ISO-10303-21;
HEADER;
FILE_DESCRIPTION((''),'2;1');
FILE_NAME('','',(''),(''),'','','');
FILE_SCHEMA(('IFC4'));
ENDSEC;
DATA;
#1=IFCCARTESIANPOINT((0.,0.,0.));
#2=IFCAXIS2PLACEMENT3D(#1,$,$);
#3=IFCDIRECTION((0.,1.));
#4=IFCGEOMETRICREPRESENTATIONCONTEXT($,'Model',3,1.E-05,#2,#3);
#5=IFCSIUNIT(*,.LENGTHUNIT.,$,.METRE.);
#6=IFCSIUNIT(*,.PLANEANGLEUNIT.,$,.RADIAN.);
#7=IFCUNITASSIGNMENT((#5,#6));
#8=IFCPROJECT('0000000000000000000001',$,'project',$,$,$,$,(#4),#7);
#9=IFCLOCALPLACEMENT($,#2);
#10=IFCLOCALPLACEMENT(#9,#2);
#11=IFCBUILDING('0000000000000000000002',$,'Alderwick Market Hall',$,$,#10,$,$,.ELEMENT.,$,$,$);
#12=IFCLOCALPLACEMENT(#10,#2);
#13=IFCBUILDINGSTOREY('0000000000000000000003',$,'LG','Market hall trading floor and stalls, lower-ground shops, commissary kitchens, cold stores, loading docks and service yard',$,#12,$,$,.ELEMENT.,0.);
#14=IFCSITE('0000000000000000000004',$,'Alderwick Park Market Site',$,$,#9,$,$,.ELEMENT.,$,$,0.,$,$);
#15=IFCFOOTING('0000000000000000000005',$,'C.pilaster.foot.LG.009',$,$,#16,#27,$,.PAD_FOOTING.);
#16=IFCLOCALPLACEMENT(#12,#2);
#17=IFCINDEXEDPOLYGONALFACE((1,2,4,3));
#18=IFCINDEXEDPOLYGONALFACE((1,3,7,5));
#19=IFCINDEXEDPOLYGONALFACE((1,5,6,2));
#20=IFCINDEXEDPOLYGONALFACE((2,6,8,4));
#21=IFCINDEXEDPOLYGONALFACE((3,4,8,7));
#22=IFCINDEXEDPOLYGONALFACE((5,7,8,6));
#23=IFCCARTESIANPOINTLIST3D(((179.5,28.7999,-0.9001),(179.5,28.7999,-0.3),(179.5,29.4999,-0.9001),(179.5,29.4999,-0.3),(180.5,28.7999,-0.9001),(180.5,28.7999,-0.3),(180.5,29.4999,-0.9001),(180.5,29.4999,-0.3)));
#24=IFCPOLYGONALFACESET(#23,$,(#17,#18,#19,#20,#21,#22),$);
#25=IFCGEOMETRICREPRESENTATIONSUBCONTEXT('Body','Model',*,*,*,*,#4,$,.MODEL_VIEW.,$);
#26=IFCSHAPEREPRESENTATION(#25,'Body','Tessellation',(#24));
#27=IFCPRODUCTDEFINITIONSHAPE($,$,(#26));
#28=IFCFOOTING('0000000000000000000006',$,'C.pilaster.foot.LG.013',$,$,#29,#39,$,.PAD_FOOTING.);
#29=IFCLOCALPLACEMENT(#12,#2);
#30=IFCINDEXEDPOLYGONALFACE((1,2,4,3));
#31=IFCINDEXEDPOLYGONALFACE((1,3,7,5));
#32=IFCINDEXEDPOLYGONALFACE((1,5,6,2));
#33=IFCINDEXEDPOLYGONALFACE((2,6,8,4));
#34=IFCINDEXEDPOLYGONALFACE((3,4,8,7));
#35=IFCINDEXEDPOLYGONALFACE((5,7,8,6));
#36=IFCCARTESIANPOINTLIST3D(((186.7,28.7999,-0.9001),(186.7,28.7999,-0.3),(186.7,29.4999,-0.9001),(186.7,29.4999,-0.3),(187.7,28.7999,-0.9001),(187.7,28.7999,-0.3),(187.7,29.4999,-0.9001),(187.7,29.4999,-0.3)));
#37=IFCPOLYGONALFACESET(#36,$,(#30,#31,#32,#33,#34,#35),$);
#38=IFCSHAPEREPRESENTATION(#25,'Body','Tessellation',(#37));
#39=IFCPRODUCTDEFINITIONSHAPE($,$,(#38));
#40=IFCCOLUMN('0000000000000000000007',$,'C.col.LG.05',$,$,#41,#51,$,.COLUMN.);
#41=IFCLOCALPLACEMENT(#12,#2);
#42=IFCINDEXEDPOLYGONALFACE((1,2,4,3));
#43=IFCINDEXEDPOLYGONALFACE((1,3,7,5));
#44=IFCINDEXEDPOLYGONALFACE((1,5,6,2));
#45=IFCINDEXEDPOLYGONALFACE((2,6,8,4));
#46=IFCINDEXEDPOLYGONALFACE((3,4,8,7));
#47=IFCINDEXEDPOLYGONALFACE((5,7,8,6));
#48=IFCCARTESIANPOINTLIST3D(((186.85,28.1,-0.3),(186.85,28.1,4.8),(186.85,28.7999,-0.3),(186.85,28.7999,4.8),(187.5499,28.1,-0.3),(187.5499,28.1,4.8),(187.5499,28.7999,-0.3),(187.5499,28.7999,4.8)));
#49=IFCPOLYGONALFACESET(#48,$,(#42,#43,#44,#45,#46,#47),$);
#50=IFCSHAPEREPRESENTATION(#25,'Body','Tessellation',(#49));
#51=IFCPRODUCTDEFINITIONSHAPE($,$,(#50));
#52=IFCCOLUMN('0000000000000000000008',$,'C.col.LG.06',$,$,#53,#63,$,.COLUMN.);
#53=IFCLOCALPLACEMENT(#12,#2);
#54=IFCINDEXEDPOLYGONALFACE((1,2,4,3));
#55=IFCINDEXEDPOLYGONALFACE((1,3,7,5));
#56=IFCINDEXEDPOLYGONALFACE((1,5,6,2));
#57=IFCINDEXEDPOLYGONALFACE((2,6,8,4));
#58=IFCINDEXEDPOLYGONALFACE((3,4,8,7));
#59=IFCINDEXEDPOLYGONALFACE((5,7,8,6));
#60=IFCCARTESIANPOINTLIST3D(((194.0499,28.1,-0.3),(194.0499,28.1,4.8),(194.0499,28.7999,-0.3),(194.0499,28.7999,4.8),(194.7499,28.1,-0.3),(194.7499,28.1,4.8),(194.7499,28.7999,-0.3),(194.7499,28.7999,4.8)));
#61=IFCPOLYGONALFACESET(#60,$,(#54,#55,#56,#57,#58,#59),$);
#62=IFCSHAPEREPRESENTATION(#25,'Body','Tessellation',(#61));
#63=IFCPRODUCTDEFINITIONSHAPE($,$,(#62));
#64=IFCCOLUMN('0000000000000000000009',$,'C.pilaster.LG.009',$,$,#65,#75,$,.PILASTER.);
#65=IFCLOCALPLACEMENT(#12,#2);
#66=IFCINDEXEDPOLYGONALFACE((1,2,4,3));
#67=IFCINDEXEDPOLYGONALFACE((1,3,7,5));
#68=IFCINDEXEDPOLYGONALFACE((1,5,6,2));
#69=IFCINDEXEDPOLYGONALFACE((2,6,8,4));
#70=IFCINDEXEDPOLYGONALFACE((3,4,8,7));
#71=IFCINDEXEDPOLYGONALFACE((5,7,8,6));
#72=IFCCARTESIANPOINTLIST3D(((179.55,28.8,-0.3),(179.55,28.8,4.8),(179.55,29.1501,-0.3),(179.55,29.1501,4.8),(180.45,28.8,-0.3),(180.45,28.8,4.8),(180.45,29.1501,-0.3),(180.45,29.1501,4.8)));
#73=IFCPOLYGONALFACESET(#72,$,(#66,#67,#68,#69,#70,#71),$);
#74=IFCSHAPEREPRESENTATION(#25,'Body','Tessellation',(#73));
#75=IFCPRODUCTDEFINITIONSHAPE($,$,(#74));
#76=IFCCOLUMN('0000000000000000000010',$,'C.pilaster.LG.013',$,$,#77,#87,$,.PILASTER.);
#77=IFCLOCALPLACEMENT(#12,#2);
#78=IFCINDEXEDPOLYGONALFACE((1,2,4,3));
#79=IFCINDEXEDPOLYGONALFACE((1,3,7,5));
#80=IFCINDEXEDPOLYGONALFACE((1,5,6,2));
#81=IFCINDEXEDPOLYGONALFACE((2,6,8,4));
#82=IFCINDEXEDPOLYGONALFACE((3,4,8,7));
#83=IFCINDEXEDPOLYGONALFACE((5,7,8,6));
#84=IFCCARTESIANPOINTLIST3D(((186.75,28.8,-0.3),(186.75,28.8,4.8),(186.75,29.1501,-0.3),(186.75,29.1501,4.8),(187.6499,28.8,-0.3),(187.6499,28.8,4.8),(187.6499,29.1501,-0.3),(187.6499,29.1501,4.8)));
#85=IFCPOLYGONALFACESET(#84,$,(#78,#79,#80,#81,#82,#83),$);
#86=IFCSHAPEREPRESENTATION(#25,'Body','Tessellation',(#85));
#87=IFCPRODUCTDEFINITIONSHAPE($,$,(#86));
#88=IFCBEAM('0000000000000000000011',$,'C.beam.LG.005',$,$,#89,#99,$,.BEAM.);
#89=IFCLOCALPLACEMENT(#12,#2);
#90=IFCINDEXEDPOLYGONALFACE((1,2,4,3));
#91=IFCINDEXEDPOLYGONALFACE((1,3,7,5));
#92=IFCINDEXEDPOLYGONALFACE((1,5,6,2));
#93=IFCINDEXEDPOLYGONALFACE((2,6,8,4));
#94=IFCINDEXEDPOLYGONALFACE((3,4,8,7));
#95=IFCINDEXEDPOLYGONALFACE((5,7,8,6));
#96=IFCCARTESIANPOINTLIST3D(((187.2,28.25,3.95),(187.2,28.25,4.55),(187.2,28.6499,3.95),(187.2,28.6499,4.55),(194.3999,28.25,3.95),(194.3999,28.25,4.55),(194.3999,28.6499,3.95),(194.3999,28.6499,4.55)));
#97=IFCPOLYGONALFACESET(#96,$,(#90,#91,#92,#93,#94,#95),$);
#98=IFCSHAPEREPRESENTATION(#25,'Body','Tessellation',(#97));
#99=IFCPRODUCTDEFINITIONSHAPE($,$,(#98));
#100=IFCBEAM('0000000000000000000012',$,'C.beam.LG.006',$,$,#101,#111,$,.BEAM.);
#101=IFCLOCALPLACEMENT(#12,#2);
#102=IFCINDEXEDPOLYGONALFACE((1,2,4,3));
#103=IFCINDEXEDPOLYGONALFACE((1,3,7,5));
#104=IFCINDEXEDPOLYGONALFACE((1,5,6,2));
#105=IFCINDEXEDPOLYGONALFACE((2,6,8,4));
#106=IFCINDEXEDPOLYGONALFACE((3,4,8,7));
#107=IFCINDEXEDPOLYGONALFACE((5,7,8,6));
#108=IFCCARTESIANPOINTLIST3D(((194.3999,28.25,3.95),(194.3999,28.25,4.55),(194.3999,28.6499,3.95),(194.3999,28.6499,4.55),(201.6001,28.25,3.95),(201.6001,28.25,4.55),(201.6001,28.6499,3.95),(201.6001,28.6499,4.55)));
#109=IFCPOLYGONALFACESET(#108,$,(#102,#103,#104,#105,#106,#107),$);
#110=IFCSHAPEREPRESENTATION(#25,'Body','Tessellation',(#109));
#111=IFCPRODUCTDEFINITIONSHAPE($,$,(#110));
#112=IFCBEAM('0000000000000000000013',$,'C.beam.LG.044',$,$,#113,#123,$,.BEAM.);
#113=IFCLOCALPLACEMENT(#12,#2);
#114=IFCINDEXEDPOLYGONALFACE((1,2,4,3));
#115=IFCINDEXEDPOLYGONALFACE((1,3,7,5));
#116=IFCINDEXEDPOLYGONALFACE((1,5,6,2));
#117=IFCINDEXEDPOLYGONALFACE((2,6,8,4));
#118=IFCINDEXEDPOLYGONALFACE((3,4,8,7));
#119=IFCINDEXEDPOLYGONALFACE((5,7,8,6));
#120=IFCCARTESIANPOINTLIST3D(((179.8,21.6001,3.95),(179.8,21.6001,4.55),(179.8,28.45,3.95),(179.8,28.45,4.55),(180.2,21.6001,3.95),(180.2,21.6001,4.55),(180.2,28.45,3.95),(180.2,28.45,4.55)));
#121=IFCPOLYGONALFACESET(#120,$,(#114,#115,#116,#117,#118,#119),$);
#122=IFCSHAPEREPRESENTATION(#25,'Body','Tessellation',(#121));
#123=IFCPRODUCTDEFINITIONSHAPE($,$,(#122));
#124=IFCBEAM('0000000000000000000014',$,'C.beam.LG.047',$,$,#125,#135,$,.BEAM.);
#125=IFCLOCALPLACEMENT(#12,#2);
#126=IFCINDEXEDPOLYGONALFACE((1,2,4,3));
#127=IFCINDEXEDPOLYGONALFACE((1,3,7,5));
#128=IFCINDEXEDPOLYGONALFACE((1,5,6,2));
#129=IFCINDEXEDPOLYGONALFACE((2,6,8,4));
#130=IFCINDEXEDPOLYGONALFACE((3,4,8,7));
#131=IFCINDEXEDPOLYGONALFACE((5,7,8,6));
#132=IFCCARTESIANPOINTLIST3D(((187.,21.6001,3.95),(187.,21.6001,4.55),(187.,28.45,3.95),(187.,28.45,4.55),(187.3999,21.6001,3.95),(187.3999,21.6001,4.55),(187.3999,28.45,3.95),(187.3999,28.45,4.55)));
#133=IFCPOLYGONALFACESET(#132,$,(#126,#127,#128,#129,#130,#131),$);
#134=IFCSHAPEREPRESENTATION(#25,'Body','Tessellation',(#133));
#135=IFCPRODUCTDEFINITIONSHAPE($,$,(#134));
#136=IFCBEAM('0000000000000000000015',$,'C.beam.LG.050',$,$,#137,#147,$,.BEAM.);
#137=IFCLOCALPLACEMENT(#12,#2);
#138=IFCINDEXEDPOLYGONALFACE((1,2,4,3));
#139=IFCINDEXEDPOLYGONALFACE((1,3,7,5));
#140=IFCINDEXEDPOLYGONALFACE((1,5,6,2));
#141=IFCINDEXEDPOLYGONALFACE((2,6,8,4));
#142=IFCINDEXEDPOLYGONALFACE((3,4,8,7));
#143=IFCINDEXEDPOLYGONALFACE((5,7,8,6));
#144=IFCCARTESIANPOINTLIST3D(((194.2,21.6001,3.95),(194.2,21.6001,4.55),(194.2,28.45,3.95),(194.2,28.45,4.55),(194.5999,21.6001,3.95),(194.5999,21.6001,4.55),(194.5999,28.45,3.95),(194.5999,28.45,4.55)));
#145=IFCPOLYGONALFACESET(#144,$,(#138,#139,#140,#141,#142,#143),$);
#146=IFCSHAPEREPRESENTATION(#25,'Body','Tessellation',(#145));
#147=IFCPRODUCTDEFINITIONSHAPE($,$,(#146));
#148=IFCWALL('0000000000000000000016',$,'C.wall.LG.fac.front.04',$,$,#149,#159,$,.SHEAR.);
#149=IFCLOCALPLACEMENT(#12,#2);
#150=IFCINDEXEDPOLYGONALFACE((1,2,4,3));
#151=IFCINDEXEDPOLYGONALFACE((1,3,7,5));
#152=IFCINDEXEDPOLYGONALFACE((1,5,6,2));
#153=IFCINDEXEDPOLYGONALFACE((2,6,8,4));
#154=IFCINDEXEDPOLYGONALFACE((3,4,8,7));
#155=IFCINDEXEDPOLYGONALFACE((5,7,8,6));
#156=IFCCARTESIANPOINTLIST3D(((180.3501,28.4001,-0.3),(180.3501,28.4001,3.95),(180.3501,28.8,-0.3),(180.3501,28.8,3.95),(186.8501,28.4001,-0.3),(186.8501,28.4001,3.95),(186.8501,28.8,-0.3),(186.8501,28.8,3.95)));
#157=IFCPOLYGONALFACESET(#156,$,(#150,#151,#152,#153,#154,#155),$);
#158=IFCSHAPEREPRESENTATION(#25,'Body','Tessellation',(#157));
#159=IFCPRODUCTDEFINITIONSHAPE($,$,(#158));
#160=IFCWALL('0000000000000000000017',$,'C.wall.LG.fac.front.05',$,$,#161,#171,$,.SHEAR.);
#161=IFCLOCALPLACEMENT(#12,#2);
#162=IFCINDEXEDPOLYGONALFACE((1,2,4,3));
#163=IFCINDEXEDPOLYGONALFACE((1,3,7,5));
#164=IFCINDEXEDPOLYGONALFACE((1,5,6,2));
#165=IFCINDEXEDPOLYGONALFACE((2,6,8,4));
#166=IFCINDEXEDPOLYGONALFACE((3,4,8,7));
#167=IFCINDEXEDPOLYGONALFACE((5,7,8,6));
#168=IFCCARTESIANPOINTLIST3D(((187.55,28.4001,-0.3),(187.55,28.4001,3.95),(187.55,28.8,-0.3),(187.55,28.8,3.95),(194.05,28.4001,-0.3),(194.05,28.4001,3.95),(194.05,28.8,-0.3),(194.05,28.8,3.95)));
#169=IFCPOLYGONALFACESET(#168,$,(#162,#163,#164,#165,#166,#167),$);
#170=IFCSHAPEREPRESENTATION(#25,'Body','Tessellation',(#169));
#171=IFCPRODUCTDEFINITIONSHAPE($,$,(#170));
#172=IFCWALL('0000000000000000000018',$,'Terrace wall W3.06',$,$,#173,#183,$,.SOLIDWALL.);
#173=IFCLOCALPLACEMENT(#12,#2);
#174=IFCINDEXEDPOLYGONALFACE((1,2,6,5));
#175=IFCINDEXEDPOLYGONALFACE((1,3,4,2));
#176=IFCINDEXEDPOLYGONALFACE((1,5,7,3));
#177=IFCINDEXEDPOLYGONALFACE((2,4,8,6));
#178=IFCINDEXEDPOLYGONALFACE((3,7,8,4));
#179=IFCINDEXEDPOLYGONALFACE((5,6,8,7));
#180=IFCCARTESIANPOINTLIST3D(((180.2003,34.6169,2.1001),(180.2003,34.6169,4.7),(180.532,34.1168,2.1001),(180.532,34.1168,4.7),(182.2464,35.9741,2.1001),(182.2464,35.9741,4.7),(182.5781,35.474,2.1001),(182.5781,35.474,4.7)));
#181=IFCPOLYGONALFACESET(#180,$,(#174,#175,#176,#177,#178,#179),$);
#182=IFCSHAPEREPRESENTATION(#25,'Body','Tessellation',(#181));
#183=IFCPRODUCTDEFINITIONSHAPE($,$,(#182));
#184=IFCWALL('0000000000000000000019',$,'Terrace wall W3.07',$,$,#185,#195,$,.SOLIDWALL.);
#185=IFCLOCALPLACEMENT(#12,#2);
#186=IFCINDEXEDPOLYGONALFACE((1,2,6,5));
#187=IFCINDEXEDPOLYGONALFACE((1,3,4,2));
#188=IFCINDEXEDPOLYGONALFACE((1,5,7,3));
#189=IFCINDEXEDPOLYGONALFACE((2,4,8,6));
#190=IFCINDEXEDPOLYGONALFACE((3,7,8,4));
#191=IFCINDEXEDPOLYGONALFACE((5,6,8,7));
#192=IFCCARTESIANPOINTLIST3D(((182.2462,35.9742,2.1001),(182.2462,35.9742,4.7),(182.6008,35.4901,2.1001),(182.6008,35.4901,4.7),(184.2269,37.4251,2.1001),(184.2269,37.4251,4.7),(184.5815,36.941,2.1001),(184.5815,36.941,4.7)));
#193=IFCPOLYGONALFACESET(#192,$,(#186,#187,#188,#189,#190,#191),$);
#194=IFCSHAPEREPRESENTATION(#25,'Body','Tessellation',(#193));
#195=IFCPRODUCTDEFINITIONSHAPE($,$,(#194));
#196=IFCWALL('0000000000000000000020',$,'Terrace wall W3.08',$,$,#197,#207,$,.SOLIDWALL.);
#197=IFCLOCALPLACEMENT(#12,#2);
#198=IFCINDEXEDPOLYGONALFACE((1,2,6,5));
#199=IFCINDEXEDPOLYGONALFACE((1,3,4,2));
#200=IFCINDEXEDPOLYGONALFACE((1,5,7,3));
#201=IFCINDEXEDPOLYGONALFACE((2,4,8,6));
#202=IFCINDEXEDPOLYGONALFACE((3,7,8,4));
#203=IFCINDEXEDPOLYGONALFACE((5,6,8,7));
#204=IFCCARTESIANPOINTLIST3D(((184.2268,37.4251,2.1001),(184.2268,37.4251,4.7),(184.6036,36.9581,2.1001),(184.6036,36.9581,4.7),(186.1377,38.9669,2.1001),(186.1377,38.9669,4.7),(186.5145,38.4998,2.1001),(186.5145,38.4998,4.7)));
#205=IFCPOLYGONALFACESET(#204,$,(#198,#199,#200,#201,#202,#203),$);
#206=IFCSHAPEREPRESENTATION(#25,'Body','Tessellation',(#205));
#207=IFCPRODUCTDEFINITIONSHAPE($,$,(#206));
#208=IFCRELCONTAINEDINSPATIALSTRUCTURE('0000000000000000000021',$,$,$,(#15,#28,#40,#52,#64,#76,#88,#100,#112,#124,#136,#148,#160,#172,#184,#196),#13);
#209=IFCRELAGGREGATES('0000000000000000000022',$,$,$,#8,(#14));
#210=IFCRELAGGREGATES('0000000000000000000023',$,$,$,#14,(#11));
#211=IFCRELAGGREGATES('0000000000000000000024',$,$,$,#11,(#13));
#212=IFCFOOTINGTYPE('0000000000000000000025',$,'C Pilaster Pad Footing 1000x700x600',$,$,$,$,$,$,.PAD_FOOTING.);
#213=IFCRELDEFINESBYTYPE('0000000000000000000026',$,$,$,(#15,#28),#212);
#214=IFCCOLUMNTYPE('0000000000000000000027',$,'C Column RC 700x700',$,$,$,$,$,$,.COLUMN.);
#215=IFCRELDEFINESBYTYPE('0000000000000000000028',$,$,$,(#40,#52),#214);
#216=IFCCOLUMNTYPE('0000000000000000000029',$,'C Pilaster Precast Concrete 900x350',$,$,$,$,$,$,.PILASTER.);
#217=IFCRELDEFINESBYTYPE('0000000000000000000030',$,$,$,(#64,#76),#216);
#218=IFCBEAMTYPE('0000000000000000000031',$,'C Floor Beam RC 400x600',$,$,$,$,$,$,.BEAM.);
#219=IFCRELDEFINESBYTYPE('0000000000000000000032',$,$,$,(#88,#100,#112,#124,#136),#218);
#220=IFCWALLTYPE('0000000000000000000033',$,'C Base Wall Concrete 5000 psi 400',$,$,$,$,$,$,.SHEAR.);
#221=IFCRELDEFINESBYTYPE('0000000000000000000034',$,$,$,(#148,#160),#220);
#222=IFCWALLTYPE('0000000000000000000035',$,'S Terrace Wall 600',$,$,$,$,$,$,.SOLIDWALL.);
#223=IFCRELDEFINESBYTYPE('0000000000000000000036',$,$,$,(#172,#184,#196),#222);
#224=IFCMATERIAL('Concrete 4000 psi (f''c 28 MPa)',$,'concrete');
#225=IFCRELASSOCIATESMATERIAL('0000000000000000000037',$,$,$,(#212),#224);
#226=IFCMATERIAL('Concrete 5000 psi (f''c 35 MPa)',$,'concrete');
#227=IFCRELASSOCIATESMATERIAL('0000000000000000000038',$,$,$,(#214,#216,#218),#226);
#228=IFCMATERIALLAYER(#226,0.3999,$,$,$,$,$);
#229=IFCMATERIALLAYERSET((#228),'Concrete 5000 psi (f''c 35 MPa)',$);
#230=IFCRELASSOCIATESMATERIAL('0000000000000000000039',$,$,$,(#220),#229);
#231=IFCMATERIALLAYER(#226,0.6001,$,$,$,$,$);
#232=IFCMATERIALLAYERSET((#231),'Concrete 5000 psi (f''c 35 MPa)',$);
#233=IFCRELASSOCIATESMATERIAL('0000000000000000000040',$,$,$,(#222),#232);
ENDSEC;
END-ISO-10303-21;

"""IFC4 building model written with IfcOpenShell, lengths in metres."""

from ifc_helpers import new_model, si_unit, direction, frame, frame_2d, origin, origin_2d, place, context, subcontext, project, spatial, rectangle, extrude, material, layer, layer_set, material_profile, profile_set, type_object, element, save


model = new_model("IFC4")

# Units and contexts
model_context = context("Model", 3, precision=1e-05, world=origin(), true_north=direction((0.0, 1.0)))
body_context = subcontext(model_context, "Body", "Model", "MODEL_VIEW")
ifc_project = project(units=[si_unit("LENGTHUNIT", "METRE"), si_unit("PLANEANGLEUNIT", "RADIAN")], contexts=[model_context])

# Site, building, storey
site_placement = place(None, origin())
site = spatial("IfcSite", under=ifc_project, at=site_placement, Name="Alderwick Park Market Site", CompositionType="ELEMENT", RefElevation=0.0)
building_placement = place(site_placement, origin())
building = spatial("IfcBuilding", under=site, at=building_placement, Name="Alderwick Market Hall", CompositionType="ELEMENT")
storey_placement = place(building_placement, origin())
storey = spatial("IfcBuildingStorey", under=building, at=storey_placement, Name="LG", Description="Market hall trading floor and stalls, lower-ground shops, commissary kitchens, cold stores, loading docks and service yard", CompositionType="ELEMENT", Elevation=0.0)

# Footings
ifc_material_1 = material(Name="Concrete 4000 psi (f'c 28 MPa)", Category="concrete")
footing_type = type_object("IfcFootingType", Name="C Pilaster Pad Footing 1000x700x600", PredefinedType="PAD_FOOTING", material=ifc_material_1)
for number, where, z_axis, x_axis, name in (
    (1, (180.0, 29.1499, -0.9001), (0.0, 0.0, 1.0), (1.0, 0.0, 0.0), "C.pilaster.foot.LG.009"),
    (2, (187.2, 29.1499, -0.9001), (0.0, 0.0, 1.0), (1.0, 0.0, 0.0), "C.pilaster.foot.LG.013"),
):
    element("IfcFooting", number, at=place(storey_placement, frame(where, z_axis=z_axis, x_axis=x_axis)), inside=storey, type_object=footing_type, Name=name, PredefinedType="PAD_FOOTING", context=body_context, shape_type="SweptSolid", body=[
        extrude(rectangle(XDim=1.0, YDim=0.7, at=origin_2d()), origin(), (0.0, 0.0, 1.0), 0.6001),
    ])

# Columns
ifc_material_2 = material(Name="Concrete 5000 psi (f'c 35 MPa)", Category="concrete")
ifc_material_profile_1 = material_profile(ifc_material_2, rectangle(XDim=0.7, YDim=0.7, at=origin_2d()), Name="RC 700x700")
ifc_profile_set_1 = profile_set([ifc_material_profile_1], Name="Concrete 5000 psi (f'c 35 MPa)")
column_type_1 = type_object("IfcColumnType", Name="C Column RC 700x700", PredefinedType="COLUMN", material=ifc_profile_set_1)
for number, where, z_axis, x_axis, name in (
    (3, (187.2, 28.45, -0.3), (0.0, 0.0, 1.0), (1.0, 0.0, 0.0), "C.col.LG.05"),
    (4, (194.3999, 28.45, -0.3), (0.0, 0.0, 1.0), (1.0, 0.0, 0.0), "C.col.LG.06"),
):
    element("IfcColumn", number, at=place(storey_placement, frame(where, z_axis=z_axis, x_axis=x_axis)), inside=storey, type_object=column_type_1, Name=name, PredefinedType="COLUMN", context=body_context, shape_type="SweptSolid", body=[
        extrude(rectangle(XDim=0.7, YDim=0.7, at=origin_2d()), origin(), (0.0, 0.0, 1.0), 5.1001),
    ])
ifc_material_profile_2 = material_profile(ifc_material_2, rectangle(XDim=0.8999, YDim=0.3501, at=origin_2d()), Name="PC 900x350")
ifc_profile_set_2 = profile_set([ifc_material_profile_2], Name="Concrete 5000 psi (f'c 35 MPa)")
column_type_2 = type_object("IfcColumnType", Name="C Pilaster Precast Concrete 900x350", PredefinedType="PILASTER", material=ifc_profile_set_2)
for number, where, z_axis, x_axis, name in (
    (5, (180.0, 28.9751, -0.3), (0.0, 0.0, 1.0), (1.0, 0.0, 0.0), "C.pilaster.LG.009"),
    (6, (187.2, 28.9751, -0.3), (0.0, 0.0, 1.0), (1.0, 0.0, 0.0), "C.pilaster.LG.013"),
):
    element("IfcColumn", number, at=place(storey_placement, frame(where, z_axis=z_axis, x_axis=x_axis)), inside=storey, type_object=column_type_2, Name=name, PredefinedType="PILASTER", context=body_context, shape_type="SweptSolid", body=[
        extrude(rectangle(XDim=0.8999, YDim=0.3501, at=origin_2d()), origin(), (0.0, 0.0, 1.0), 5.1001),
    ])

# Beams
ifc_material_profile_3 = material_profile(ifc_material_2, rectangle(XDim=0.3999, YDim=0.6001, at=origin_2d()), Name="RC 400x600")
ifc_profile_set_3 = profile_set([ifc_material_profile_3], Name="Concrete 5000 psi (f'c 35 MPa)")
beam_type = type_object("IfcBeamType", Name="C Floor Beam RC 400x600", PredefinedType="BEAM", material=ifc_profile_set_3)
beam_1_placement = place(storey_placement, frame((187.2, 28.45, 4.25), z_axis=(1.0, 0.0, 0.0), x_axis=(0.0, 1.0, 0.0)))
element("IfcBeam", 7, at=beam_1_placement, inside=storey, type_object=beam_type, Name="C.beam.LG.005", PredefinedType="BEAM", context=body_context, shape_type="SweptSolid", body=[
    extrude(rectangle(XDim=0.3999, YDim=0.6001, at=origin_2d()), origin(), (0.0, 0.0, 1.0), 7.2),
])
beam_2_placement = place(storey_placement, frame((194.3999, 28.45, 4.25), z_axis=(1.0, 0.0, 0.0), x_axis=(0.0, 1.0, 0.0)))
element("IfcBeam", 8, at=beam_2_placement, inside=storey, type_object=beam_type, Name="C.beam.LG.006", PredefinedType="BEAM", context=body_context, shape_type="SweptSolid", body=[
    extrude(rectangle(XDim=0.3999, YDim=0.6001, at=origin_2d()), origin(), (0.0, 0.0, 1.0), 7.2002),
])
for number, where, z_axis, x_axis, name in (
    (9, (180.0, 28.45, 4.25), (0.0, -1.0, 0.0), (1.0, 0.0, 0.0), "C.beam.LG.044"),
    (10, (187.2, 28.45, 4.25), (0.0, -1.0, 0.0), (1.0, 0.0, 0.0), "C.beam.LG.047"),
    (11, (194.3999, 28.45, 4.25), (0.0, -1.0, 0.0), (1.0, 0.0, 0.0), "C.beam.LG.050"),
):
    element("IfcBeam", number, at=place(storey_placement, frame(where, z_axis=z_axis, x_axis=x_axis)), inside=storey, type_object=beam_type, Name=name, PredefinedType="BEAM", context=body_context, shape_type="SweptSolid", body=[
        extrude(rectangle(XDim=0.3999, YDim=0.6001, at=origin_2d()), origin(), (0.0, 0.0, 1.0), 6.8499),
    ])

# Walls
ifc_layer_1 = layer(ifc_material_2, 0.3999)
ifc_layer_set_1 = layer_set([ifc_layer_1], Name="Concrete 5000 psi (f'c 35 MPa)")
wall_type_1 = type_object("IfcWallType", Name="C Base Wall Concrete 5000 psi 400", PredefinedType="SHEAR", material=ifc_layer_set_1)
for number, where, z_axis, x_axis, name in (
    (12, (180.3501, 28.6001, -0.3), (0.0, 0.0, 1.0), (1.0, 0.0, 0.0), "C.wall.LG.fac.front.04"),
    (13, (187.55, 28.6001, -0.3), (0.0, 0.0, 1.0), (1.0, 0.0, 0.0), "C.wall.LG.fac.front.05"),
):
    element("IfcWall", number, at=place(storey_placement, frame(where, z_axis=z_axis, x_axis=x_axis)), inside=storey, type_object=wall_type_1, Name=name, PredefinedType="SHEAR", context=body_context, shape_type="SweptSolid", body=[
        extrude(rectangle(XDim=6.5, YDim=0.3999, at=frame_2d((3.25, 0.0))), origin(), (0.0, 0.0, 1.0), 4.25),
    ])
ifc_layer_2 = layer(ifc_material_2, 0.6001)
ifc_layer_set_2 = layer_set([ifc_layer_2], Name="Concrete 5000 psi (f'c 35 MPa)")
wall_type_2 = type_object("IfcWallType", Name="S Terrace Wall 600", PredefinedType="SOLIDWALL", material=ifc_layer_set_2)
for number, where, z_axis, x_axis, name in (
    (14, (180.3662, 34.3669, 2.1001), (0.0, 0.0, 1.0), (0.833348, 0.552748, 0.0), "Terrace wall W3.06"),
    (15, (182.4236, 35.7322, 2.1001), (0.0, 0.0, 1.0), (0.806715, 0.590941, 0.0), "Terrace wall W3.07"),
    (16, (184.4153, 37.1917, 2.1001), (0.0, 0.0, 1.0), (0.778272, 0.627927, 0.0), "Terrace wall W3.08"),
):
    element("IfcWall", number, at=place(storey_placement, frame(where, z_axis=z_axis, x_axis=x_axis)), inside=storey, type_object=wall_type_2, Name=name, PredefinedType="SOLIDWALL", context=body_context, shape_type="SweptSolid", body=[
        extrude(rectangle(XDim=2.4553, YDim=0.6001, at=frame_2d((1.2275, 0.0))), origin(), (0.0, 0.0, 1.0), 2.5999),
    ])

save(model, "model.ifc")
